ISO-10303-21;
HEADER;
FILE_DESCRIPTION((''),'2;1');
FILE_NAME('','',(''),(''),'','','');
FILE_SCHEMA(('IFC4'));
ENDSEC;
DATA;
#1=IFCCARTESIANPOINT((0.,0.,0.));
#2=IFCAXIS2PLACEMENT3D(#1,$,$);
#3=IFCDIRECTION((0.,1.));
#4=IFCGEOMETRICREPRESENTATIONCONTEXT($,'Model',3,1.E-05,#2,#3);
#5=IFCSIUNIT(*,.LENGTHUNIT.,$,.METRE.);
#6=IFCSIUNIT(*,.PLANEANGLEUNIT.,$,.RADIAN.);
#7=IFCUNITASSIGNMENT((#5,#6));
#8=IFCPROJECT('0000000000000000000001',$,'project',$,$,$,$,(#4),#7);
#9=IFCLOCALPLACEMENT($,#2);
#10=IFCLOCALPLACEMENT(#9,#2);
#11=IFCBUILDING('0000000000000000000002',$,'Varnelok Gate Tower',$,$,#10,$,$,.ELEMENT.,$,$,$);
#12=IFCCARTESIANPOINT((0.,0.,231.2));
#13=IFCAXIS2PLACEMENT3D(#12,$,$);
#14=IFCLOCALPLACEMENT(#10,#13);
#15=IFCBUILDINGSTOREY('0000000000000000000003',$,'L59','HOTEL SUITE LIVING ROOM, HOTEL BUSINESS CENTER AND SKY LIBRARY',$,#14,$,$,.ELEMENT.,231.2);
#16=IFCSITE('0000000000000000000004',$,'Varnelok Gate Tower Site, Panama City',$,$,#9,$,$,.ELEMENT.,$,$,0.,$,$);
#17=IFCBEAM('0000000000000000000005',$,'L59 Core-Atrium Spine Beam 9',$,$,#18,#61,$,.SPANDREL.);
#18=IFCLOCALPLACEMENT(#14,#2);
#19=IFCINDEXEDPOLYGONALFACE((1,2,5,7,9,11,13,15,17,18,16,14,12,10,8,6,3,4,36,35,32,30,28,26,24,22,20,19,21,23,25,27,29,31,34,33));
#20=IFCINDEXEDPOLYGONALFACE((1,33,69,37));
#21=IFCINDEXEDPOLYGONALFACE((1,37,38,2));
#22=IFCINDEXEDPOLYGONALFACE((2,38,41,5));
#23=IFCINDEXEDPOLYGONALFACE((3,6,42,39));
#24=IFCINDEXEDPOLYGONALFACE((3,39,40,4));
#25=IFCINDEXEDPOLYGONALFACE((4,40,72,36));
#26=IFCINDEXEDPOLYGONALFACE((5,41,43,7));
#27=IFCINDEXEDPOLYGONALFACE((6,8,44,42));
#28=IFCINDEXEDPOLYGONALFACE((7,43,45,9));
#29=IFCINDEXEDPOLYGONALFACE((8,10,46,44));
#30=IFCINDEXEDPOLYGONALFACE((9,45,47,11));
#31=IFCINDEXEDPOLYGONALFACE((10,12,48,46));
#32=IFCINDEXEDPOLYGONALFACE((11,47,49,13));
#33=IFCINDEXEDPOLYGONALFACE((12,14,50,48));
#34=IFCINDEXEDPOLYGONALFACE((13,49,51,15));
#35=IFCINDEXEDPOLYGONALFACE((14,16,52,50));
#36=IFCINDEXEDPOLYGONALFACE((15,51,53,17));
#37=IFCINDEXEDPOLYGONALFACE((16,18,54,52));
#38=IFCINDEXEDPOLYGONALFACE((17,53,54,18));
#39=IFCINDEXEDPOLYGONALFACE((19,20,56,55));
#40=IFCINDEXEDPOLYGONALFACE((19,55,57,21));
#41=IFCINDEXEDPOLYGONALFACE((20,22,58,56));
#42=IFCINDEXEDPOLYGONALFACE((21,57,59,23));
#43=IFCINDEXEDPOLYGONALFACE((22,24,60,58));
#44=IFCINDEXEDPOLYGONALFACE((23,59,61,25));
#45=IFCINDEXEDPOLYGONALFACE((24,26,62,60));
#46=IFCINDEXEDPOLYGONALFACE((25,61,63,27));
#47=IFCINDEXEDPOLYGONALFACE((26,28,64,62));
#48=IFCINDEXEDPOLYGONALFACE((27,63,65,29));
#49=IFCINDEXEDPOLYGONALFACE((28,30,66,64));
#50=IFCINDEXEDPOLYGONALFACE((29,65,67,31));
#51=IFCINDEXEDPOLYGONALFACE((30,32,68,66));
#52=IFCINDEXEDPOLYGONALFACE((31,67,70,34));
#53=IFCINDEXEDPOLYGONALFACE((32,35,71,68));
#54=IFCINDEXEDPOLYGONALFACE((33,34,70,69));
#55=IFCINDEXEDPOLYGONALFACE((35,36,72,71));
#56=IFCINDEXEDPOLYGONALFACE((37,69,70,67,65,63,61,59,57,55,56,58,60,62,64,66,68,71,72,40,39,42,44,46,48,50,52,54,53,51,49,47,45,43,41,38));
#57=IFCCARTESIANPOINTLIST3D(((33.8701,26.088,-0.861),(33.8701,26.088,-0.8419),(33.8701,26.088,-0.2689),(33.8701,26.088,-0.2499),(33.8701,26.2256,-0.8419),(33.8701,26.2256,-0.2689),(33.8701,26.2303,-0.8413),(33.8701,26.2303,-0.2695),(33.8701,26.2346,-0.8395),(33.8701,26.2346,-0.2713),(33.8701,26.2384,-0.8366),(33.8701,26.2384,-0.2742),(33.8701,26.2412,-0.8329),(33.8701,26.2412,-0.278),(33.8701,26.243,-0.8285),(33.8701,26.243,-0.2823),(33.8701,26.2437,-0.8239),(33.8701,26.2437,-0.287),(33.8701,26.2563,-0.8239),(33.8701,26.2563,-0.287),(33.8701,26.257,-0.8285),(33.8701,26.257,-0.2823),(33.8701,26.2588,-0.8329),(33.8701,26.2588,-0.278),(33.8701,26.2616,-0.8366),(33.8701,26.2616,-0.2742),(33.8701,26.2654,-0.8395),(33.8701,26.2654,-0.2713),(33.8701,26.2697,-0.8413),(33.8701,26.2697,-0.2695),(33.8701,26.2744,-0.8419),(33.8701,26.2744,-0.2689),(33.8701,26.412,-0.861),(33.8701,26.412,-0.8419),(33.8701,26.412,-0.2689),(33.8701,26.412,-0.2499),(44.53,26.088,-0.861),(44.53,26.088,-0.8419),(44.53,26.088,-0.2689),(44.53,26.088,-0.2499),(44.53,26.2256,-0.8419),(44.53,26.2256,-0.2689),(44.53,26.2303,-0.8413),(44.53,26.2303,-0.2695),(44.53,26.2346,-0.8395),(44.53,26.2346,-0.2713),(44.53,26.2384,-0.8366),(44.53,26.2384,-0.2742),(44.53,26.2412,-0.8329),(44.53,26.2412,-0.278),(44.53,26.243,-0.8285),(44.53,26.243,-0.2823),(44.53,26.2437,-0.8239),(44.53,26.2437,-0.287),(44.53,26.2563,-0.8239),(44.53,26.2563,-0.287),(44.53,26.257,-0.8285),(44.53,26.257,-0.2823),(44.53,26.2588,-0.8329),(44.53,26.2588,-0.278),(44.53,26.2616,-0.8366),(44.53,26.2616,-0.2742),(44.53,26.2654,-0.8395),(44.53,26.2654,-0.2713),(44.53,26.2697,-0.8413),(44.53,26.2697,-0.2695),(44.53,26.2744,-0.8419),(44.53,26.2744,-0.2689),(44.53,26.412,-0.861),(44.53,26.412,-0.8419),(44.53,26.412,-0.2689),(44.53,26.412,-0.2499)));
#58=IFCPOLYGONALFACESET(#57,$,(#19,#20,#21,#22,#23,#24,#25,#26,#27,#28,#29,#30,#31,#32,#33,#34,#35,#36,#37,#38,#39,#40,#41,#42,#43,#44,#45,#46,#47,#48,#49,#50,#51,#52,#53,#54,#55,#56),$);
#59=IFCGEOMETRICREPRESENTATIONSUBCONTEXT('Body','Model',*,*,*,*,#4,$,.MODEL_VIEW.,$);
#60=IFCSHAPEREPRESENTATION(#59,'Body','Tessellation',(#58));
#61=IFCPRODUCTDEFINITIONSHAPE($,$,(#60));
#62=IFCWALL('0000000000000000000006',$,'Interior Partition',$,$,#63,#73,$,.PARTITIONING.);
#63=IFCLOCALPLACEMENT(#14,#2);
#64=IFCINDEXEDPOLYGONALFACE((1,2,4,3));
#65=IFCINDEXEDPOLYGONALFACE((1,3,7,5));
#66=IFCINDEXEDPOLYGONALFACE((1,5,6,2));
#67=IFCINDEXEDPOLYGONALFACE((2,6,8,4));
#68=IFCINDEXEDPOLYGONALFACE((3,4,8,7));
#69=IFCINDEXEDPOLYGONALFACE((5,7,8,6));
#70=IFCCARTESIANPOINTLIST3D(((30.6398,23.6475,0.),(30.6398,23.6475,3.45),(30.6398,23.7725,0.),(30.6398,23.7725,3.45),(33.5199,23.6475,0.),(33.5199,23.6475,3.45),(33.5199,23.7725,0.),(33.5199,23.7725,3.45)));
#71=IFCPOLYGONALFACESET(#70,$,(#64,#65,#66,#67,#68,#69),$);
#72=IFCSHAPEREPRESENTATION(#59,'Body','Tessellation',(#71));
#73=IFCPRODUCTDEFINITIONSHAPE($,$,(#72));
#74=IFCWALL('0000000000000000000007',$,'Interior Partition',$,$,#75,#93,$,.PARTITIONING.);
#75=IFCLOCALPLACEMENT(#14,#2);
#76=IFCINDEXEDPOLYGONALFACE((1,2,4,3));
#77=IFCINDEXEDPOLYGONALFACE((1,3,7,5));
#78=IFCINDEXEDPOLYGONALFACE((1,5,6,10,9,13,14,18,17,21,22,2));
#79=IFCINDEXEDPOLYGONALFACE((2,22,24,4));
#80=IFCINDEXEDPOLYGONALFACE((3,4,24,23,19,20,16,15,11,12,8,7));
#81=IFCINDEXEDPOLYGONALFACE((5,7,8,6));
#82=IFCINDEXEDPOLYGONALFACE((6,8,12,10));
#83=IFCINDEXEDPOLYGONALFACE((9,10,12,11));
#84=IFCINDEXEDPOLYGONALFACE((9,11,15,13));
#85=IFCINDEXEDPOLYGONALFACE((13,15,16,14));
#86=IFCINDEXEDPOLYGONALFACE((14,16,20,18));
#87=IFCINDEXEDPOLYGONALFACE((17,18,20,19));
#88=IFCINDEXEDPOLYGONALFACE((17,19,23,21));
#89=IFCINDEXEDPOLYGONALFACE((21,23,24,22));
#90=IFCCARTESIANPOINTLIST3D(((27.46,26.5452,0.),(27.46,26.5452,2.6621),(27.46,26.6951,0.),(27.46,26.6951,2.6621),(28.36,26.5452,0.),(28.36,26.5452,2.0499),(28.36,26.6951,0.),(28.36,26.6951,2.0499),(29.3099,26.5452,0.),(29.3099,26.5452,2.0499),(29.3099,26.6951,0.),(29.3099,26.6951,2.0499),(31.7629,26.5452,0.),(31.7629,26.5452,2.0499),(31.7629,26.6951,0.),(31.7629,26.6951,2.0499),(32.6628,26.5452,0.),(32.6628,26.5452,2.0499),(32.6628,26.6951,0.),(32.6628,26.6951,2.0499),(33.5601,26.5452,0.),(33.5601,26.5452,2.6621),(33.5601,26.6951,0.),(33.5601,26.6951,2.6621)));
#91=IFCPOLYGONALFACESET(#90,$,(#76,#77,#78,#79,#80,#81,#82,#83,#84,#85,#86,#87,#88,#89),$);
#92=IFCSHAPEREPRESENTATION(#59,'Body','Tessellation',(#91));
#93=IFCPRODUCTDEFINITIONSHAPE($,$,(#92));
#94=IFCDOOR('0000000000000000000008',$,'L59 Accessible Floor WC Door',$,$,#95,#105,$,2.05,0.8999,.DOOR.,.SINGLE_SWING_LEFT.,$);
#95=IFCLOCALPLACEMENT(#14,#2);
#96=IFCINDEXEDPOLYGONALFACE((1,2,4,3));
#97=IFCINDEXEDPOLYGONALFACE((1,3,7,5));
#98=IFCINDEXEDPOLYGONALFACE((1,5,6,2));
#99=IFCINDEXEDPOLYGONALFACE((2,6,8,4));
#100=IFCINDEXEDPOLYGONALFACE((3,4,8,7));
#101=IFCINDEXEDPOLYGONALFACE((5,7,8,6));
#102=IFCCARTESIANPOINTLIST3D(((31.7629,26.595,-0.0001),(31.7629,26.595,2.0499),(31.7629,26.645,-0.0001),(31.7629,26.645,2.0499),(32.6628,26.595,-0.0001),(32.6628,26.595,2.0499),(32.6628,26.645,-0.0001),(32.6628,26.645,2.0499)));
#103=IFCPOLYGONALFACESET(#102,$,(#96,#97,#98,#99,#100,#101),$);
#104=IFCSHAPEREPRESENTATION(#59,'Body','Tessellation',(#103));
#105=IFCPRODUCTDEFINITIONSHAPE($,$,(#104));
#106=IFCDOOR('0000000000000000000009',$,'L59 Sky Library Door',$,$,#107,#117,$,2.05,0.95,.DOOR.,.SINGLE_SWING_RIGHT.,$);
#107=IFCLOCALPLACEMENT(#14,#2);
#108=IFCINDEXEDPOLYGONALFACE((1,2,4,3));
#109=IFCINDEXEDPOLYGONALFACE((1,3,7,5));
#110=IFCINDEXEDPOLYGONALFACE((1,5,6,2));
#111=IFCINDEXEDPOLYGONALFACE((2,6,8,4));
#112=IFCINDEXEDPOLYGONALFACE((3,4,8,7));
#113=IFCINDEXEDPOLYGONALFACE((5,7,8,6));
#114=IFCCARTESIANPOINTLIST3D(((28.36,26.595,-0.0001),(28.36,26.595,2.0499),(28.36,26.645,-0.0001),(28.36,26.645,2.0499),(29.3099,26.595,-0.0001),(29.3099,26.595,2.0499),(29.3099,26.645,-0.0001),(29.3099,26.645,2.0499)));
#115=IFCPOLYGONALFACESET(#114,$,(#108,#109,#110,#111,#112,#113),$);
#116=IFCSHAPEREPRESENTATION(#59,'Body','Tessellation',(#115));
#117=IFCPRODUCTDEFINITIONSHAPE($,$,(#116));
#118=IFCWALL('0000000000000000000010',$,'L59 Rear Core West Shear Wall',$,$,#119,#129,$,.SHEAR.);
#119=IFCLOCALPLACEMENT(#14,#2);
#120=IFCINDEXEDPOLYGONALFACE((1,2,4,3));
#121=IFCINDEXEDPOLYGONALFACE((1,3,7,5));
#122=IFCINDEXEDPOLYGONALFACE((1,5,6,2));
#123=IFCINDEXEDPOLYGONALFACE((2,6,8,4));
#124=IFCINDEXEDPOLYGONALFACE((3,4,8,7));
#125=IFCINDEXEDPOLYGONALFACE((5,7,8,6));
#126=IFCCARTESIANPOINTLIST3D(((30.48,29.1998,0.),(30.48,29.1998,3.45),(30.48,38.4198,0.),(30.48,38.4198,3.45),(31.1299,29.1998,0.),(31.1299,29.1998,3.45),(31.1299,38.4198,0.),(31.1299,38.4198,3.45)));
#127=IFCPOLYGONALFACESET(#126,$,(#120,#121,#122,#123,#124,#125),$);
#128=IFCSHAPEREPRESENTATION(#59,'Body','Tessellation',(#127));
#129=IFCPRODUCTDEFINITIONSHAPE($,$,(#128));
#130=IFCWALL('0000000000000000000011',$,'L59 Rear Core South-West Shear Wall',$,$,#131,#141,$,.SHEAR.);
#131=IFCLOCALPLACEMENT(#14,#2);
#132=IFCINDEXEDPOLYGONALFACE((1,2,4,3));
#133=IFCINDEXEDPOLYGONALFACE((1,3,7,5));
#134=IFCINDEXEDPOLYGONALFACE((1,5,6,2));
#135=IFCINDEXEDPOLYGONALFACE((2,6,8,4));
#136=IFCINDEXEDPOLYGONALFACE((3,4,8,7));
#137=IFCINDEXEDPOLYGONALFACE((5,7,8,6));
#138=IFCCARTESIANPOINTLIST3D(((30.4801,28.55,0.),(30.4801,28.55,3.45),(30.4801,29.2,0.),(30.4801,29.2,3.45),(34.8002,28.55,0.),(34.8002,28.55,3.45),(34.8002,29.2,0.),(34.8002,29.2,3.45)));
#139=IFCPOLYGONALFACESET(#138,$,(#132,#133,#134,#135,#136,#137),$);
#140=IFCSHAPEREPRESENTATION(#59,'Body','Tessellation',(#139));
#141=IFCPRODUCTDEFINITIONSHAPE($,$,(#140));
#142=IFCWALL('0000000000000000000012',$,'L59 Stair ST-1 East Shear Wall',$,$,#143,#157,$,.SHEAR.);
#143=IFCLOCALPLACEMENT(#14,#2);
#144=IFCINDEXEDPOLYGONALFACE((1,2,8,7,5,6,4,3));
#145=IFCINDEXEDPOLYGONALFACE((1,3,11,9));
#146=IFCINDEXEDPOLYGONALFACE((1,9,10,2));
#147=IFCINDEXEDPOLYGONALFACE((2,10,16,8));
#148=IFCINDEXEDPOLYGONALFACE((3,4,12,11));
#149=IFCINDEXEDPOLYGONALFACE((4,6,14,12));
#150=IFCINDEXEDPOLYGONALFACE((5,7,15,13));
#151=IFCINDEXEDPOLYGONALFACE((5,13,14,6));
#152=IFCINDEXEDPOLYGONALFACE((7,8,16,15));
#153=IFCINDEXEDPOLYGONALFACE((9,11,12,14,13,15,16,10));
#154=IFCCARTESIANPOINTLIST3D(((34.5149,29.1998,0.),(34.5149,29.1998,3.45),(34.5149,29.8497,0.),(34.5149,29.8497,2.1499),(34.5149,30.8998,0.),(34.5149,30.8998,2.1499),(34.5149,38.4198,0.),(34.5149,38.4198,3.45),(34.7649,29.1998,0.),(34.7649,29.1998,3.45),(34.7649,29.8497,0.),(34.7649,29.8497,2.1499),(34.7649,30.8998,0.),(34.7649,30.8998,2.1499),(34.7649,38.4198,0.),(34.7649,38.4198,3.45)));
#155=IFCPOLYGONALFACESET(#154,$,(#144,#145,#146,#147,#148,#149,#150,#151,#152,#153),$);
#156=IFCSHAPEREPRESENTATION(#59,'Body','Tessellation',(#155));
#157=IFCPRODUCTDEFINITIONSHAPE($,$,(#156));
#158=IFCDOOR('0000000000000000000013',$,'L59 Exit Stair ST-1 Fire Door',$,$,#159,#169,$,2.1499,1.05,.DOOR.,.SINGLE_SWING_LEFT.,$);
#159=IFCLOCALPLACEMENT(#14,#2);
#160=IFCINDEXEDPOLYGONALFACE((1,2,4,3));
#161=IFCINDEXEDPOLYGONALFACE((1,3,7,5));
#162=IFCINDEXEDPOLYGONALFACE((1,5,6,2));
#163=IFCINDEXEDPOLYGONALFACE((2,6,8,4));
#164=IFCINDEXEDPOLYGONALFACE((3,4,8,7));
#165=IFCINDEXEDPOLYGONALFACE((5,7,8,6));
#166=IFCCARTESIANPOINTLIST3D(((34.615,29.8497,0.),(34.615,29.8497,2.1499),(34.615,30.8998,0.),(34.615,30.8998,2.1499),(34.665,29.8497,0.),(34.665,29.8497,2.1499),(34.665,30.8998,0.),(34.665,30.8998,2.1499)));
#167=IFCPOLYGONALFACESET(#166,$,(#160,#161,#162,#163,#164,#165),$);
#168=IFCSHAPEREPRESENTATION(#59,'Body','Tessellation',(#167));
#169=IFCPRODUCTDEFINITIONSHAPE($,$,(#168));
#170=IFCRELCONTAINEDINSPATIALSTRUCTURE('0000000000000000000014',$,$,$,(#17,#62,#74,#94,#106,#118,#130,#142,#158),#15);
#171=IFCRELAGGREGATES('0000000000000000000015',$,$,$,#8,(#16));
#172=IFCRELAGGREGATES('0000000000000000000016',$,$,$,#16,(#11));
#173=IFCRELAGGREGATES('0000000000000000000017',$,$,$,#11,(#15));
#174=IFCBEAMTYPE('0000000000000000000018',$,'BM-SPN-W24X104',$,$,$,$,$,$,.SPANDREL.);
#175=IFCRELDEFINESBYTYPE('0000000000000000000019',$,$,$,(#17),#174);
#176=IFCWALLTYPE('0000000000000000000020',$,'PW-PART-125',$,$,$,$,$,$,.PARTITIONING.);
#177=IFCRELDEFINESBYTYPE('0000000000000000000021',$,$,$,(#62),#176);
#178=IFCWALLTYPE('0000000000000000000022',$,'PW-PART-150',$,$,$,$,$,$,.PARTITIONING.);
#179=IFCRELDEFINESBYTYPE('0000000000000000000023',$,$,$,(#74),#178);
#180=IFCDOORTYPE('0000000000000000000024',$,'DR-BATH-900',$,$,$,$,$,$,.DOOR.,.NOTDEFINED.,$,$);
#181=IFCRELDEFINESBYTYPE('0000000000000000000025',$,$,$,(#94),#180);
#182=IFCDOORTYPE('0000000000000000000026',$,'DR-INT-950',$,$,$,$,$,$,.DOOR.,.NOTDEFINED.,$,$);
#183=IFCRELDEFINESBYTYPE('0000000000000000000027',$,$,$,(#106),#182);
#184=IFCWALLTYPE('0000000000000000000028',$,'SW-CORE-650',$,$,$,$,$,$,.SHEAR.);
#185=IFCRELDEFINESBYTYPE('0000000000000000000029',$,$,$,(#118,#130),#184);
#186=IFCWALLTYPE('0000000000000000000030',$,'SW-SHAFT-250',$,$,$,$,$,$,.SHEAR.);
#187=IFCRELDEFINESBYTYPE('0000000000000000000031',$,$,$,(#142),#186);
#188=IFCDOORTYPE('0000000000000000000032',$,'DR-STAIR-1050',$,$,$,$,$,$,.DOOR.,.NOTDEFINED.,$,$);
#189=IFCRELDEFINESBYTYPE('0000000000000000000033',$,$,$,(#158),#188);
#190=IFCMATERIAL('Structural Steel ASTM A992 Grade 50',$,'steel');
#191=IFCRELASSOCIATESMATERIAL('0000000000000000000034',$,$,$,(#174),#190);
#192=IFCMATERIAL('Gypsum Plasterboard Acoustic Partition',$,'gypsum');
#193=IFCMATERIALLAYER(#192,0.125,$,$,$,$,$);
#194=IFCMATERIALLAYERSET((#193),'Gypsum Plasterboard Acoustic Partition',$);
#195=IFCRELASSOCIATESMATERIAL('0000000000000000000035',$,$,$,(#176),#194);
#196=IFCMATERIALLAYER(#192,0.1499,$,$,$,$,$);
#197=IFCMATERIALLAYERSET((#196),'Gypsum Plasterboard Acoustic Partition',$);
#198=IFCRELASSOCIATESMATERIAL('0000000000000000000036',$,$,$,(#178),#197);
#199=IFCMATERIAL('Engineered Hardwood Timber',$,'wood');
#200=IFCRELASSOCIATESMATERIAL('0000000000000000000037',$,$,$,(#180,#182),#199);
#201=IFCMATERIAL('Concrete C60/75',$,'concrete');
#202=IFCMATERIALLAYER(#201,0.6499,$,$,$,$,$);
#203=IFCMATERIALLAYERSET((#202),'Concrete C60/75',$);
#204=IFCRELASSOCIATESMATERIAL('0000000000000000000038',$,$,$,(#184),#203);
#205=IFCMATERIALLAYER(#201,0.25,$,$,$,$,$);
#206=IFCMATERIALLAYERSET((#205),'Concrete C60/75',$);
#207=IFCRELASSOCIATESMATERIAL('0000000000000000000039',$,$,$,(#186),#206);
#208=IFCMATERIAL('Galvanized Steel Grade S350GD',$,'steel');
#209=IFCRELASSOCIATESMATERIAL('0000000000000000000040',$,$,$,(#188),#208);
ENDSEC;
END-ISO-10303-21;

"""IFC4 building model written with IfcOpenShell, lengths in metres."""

from ifc_helpers import new_model, si_unit, direction, frame, frame_2d, origin, origin_2d, place, context, subcontext, project, spatial, rectangle, i_section, extrude, material, layer, layer_set, material_profile, profile_set, type_object, element, fill, save


model = new_model("IFC4")

# Units and contexts
model_context = context("Model", 3, precision=1e-05, world=origin(), true_north=direction((0.0, 1.0)))
body_context = subcontext(model_context, "Body", "Model", "MODEL_VIEW")
ifc_project = project(units=[si_unit("LENGTHUNIT", "METRE"), si_unit("PLANEANGLEUNIT", "RADIAN")], contexts=[model_context])

# Site, building, storey
site_placement = place(None, origin())
site = spatial("IfcSite", under=ifc_project, at=site_placement, Name="Varnelok Gate Tower Site, Panama City", CompositionType="ELEMENT", RefElevation=0.0)
building_placement = place(site_placement, origin())
building = spatial("IfcBuilding", under=site, at=building_placement, Name="Varnelok Gate Tower", CompositionType="ELEMENT")
storey_placement = place(building_placement, frame((0.0, 0.0, 231.2)))
storey = spatial("IfcBuildingStorey", under=building, at=storey_placement, Name="L59", Description="HOTEL SUITE LIVING ROOM, HOTEL BUSINESS CENTER AND SKY LIBRARY", CompositionType="ELEMENT", Elevation=231.2)

# Shared definitions
ifc_material_1 = material(Name="Concrete C60/75", Category="concrete")
ifc_material_2 = material(Name="Structural Steel ASTM A992 Grade 50", Category="steel")

# Beam
ifc_material_profile_1 = material_profile(ifc_material_2, i_section(OverallWidth=0.324, OverallDepth=0.6111, WebThickness=0.0127, FlangeThickness=0.019, FilletRadius=0.0181, at=origin_2d()), Name="W24X104")
ifc_profile_set_1 = profile_set([ifc_material_profile_1], Name="Structural Steel ASTM A992 Grade 50")
beam_type_1 = type_object("IfcBeamType", Name="BM-SPN-W24X104", PredefinedType="SPANDREL", material=ifc_profile_set_1)
beam_1_placement = place(storey_placement, frame((33.8701, 26.25, -0.5554), z_axis=(1.0, 0.0, 0.0), x_axis=(0.0, 1.0, 0.0)))
element("IfcBeam", 1, at=beam_1_placement, inside=storey, type_object=beam_type_1, Name="L59 Core-Atrium Spine Beam 9", PredefinedType="SPANDREL", context=body_context, shape_type="SweptSolid", body=[
    extrude(i_section(OverallWidth=0.324, OverallDepth=0.6111, WebThickness=0.0127, FlangeThickness=0.019, FilletRadius=0.0181, at=origin_2d()), origin(), (0.0, 0.0, 1.0), 10.6599),
])

# Wall
ifc_material_3 = material(Name="Gypsum Plasterboard Acoustic Partition", Category="gypsum")
ifc_layer_1 = layer(ifc_material_3, 0.125)
ifc_layer_set_1 = layer_set([ifc_layer_1], Name="Gypsum Plasterboard Acoustic Partition")
wall_type_1 = type_object("IfcWallType", Name="PW-PART-125", PredefinedType="PARTITIONING", material=ifc_layer_set_1)
wall_1_placement = place(storey_placement, frame((30.6399, 23.71, 0.0), z_axis=(0.0, 0.0, 1.0), x_axis=(1.0, 0.0, 0.0)))
element("IfcWall", 2, at=wall_1_placement, inside=storey, type_object=wall_type_1, Name="Interior Partition", PredefinedType="PARTITIONING", context=body_context, shape_type="SweptSolid", body=[
    extrude(rectangle(XDim=2.8801, YDim=0.125, at=frame_2d((1.4399, 0.0))), origin(), (0.0, 0.0, 1.0), 3.45),
])

# Wall, openings, doors
ifc_layer_2 = layer(ifc_material_3, 0.1499)
ifc_layer_set_2 = layer_set([ifc_layer_2], Name="Gypsum Plasterboard Acoustic Partition")
wall_type_2 = type_object("IfcWallType", Name="PW-PART-150", PredefinedType="PARTITIONING", material=ifc_layer_set_2)
wall_2_placement = place(storey_placement, frame((27.46, 26.6201, 0.0), z_axis=(0.0, 0.0, 1.0), x_axis=(1.0, 0.0, 0.0)))
wall_2 = element("IfcWall", 3, at=wall_2_placement, inside=storey, type_object=wall_type_2, Name="Interior Partition", PredefinedType="PARTITIONING", context=body_context, shape_type="SweptSolid", body=[
    extrude(rectangle(XDim=6.1001, YDim=0.1499, at=frame_2d((3.05, 0.0))), origin(), (0.0, 0.0, 1.0), 2.6621),
])
opening_1_placement = place(wall_2_placement, frame((0.8999, 0.0, 0.0)))
opening_1 = element("IfcOpeningElement", 4, at=opening_1_placement, cuts=wall_2, PredefinedType="OPENING", context=body_context, shape_type="SweptSolid", body=[
    extrude(rectangle(XDim=0.95, YDim=2.05, at=frame_2d((0.4751, 1.0249))), frame((0.0, 0.085, 0.0), z_axis=(0.0, -1.0, 0.0), x_axis=(1.0, 0.0, 0.0)), (0.0, 0.0, 1.0), 0.1699),
])
opening_2_placement = place(wall_2_placement, frame((4.303, 0.0, 0.0)))
opening_2 = element("IfcOpeningElement", 5, at=opening_2_placement, cuts=wall_2, PredefinedType="OPENING", context=body_context, shape_type="SweptSolid", body=[
    extrude(rectangle(XDim=0.8999, YDim=2.05, at=frame_2d((0.45, 1.0249))), frame((0.0, 0.085, 0.0), z_axis=(0.0, -1.0, 0.0), x_axis=(1.0, 0.0, 0.0)), (0.0, 0.0, 1.0), 0.1699),
])
ifc_material_4 = material(Name="Engineered Hardwood Timber", Category="wood")
door_type_1 = type_object("IfcDoorType", Name="DR-BATH-900", OperationType="NOTDEFINED", PredefinedType="DOOR", material=ifc_material_4)
door_1_placement = place(opening_2_placement, origin())
door_1 = element("IfcDoor", 6, at=door_1_placement, inside=storey, type_object=door_type_1, Name="L59 Accessible Floor WC Door", OperationType="SINGLE_SWING_LEFT", OverallHeight=2.05, OverallWidth=0.8999, PredefinedType="DOOR", context=body_context, shape_type="SweptSolid", body=[
    extrude(rectangle(XDim=0.8999, YDim=2.05, at=frame_2d((0.45, 1.0249))), frame((0.0, 0.0249, 0.0), z_axis=(0.0, -1.0, 0.0), x_axis=(1.0, 0.0, 0.0)), (0.0, 0.0, 1.0), 0.05),
])
fill(opening_2, door_1)
door_type_2 = type_object("IfcDoorType", Name="DR-INT-950", OperationType="NOTDEFINED", PredefinedType="DOOR", material=ifc_material_4)
door_2_placement = place(opening_1_placement, origin())
door_2 = element("IfcDoor", 7, at=door_2_placement, inside=storey, type_object=door_type_2, Name="L59 Sky Library Door", OperationType="SINGLE_SWING_RIGHT", OverallHeight=2.05, OverallWidth=0.95, PredefinedType="DOOR", context=body_context, shape_type="SweptSolid", body=[
    extrude(rectangle(XDim=0.95, YDim=2.05, at=frame_2d((0.4751, 1.0249))), frame((0.0, 0.0249, 0.0), z_axis=(0.0, -1.0, 0.0), x_axis=(1.0, 0.0, 0.0)), (0.0, 0.0, 1.0), 0.05),
])
fill(opening_1, door_2)

# Walls
ifc_layer_3 = layer(ifc_material_1, 0.6499)
ifc_layer_set_3 = layer_set([ifc_layer_3], Name="Concrete C60/75")
wall_type_3 = type_object("IfcWallType", Name="SW-CORE-650", PredefinedType="SHEAR", material=ifc_layer_set_3)
wall_3_placement = place(storey_placement, frame((30.8049, 29.2, 0.0), z_axis=(0.0, 0.0, 1.0), x_axis=(0.0, 1.0, 0.0)))
element("IfcWall", 8, at=wall_3_placement, inside=storey, type_object=wall_type_3, Name="L59 Rear Core West Shear Wall", PredefinedType="SHEAR", context=body_context, shape_type="SweptSolid", body=[
    extrude(rectangle(XDim=9.22, YDim=0.6499, at=frame_2d((4.6099, 0.0))), origin(), (0.0, 0.0, 1.0), 3.45),
])
wall_4_placement = place(storey_placement, frame((30.48, 28.875, 0.0), z_axis=(0.0, 0.0, 1.0), x_axis=(1.0, 0.0, 0.0)))
element("IfcWall", 9, at=wall_4_placement, inside=storey, type_object=wall_type_3, Name="L59 Rear Core South-West Shear Wall", PredefinedType="SHEAR", context=body_context, shape_type="SweptSolid", body=[
    extrude(rectangle(XDim=4.3201, YDim=0.6499, at=frame_2d((2.1602, 0.0))), origin(), (0.0, 0.0, 1.0), 3.45),
])

# Wall, opening, door
ifc_layer_4 = layer(ifc_material_1, 0.25)
ifc_layer_set_4 = layer_set([ifc_layer_4], Name="Concrete C60/75")
wall_type_4 = type_object("IfcWallType", Name="SW-SHAFT-250", PredefinedType="SHEAR", material=ifc_layer_set_4)
wall_5_placement = place(storey_placement, frame((34.6399, 29.2, 0.0), z_axis=(0.0, 0.0, 1.0), x_axis=(0.0, 1.0, 0.0)))
wall_5 = element("IfcWall", 10, at=wall_5_placement, inside=storey, type_object=wall_type_4, Name="L59 Stair ST-1 East Shear Wall", PredefinedType="SHEAR", context=body_context, shape_type="SweptSolid", body=[
    extrude(rectangle(XDim=9.22, YDim=0.25, at=frame_2d((4.6099, 0.0))), origin(), (0.0, 0.0, 1.0), 3.45),
])
opening_3_placement = place(wall_5_placement, frame((0.6499, 0.0, 0.0)))
opening_3 = element("IfcOpeningElement", 11, at=opening_3_placement, cuts=wall_5, PredefinedType="OPENING", context=body_context, shape_type="SweptSolid", body=[
    extrude(rectangle(XDim=1.05, YDim=2.1499, at=frame_2d((0.5249, 1.075))), frame((0.0, 0.135, 0.0), z_axis=(0.0, -1.0, 0.0), x_axis=(1.0, 0.0, 0.0)), (0.0, 0.0, 1.0), 0.27),
])
ifc_material_5 = material(Name="Galvanized Steel Grade S350GD", Category="steel")
door_type_3 = type_object("IfcDoorType", Name="DR-STAIR-1050", OperationType="NOTDEFINED", PredefinedType="DOOR", material=ifc_material_5)
door_3_placement = place(opening_3_placement, origin())
door_3 = element("IfcDoor", 12, at=door_3_placement, inside=storey, type_object=door_type_3, Name="L59 Exit Stair ST-1 Fire Door", OperationType="SINGLE_SWING_LEFT", OverallHeight=2.1499, OverallWidth=1.05, PredefinedType="DOOR", context=body_context, shape_type="SweptSolid", body=[
    extrude(rectangle(XDim=1.05, YDim=2.1499, at=frame_2d((0.5249, 1.075))), frame((0.0, 0.0249, 0.0), z_axis=(0.0, -1.0, 0.0), x_axis=(1.0, 0.0, 0.0)), (0.0, 0.0, 1.0), 0.05),
])
fill(opening_3, door_3)

save(model, "model.ifc")
